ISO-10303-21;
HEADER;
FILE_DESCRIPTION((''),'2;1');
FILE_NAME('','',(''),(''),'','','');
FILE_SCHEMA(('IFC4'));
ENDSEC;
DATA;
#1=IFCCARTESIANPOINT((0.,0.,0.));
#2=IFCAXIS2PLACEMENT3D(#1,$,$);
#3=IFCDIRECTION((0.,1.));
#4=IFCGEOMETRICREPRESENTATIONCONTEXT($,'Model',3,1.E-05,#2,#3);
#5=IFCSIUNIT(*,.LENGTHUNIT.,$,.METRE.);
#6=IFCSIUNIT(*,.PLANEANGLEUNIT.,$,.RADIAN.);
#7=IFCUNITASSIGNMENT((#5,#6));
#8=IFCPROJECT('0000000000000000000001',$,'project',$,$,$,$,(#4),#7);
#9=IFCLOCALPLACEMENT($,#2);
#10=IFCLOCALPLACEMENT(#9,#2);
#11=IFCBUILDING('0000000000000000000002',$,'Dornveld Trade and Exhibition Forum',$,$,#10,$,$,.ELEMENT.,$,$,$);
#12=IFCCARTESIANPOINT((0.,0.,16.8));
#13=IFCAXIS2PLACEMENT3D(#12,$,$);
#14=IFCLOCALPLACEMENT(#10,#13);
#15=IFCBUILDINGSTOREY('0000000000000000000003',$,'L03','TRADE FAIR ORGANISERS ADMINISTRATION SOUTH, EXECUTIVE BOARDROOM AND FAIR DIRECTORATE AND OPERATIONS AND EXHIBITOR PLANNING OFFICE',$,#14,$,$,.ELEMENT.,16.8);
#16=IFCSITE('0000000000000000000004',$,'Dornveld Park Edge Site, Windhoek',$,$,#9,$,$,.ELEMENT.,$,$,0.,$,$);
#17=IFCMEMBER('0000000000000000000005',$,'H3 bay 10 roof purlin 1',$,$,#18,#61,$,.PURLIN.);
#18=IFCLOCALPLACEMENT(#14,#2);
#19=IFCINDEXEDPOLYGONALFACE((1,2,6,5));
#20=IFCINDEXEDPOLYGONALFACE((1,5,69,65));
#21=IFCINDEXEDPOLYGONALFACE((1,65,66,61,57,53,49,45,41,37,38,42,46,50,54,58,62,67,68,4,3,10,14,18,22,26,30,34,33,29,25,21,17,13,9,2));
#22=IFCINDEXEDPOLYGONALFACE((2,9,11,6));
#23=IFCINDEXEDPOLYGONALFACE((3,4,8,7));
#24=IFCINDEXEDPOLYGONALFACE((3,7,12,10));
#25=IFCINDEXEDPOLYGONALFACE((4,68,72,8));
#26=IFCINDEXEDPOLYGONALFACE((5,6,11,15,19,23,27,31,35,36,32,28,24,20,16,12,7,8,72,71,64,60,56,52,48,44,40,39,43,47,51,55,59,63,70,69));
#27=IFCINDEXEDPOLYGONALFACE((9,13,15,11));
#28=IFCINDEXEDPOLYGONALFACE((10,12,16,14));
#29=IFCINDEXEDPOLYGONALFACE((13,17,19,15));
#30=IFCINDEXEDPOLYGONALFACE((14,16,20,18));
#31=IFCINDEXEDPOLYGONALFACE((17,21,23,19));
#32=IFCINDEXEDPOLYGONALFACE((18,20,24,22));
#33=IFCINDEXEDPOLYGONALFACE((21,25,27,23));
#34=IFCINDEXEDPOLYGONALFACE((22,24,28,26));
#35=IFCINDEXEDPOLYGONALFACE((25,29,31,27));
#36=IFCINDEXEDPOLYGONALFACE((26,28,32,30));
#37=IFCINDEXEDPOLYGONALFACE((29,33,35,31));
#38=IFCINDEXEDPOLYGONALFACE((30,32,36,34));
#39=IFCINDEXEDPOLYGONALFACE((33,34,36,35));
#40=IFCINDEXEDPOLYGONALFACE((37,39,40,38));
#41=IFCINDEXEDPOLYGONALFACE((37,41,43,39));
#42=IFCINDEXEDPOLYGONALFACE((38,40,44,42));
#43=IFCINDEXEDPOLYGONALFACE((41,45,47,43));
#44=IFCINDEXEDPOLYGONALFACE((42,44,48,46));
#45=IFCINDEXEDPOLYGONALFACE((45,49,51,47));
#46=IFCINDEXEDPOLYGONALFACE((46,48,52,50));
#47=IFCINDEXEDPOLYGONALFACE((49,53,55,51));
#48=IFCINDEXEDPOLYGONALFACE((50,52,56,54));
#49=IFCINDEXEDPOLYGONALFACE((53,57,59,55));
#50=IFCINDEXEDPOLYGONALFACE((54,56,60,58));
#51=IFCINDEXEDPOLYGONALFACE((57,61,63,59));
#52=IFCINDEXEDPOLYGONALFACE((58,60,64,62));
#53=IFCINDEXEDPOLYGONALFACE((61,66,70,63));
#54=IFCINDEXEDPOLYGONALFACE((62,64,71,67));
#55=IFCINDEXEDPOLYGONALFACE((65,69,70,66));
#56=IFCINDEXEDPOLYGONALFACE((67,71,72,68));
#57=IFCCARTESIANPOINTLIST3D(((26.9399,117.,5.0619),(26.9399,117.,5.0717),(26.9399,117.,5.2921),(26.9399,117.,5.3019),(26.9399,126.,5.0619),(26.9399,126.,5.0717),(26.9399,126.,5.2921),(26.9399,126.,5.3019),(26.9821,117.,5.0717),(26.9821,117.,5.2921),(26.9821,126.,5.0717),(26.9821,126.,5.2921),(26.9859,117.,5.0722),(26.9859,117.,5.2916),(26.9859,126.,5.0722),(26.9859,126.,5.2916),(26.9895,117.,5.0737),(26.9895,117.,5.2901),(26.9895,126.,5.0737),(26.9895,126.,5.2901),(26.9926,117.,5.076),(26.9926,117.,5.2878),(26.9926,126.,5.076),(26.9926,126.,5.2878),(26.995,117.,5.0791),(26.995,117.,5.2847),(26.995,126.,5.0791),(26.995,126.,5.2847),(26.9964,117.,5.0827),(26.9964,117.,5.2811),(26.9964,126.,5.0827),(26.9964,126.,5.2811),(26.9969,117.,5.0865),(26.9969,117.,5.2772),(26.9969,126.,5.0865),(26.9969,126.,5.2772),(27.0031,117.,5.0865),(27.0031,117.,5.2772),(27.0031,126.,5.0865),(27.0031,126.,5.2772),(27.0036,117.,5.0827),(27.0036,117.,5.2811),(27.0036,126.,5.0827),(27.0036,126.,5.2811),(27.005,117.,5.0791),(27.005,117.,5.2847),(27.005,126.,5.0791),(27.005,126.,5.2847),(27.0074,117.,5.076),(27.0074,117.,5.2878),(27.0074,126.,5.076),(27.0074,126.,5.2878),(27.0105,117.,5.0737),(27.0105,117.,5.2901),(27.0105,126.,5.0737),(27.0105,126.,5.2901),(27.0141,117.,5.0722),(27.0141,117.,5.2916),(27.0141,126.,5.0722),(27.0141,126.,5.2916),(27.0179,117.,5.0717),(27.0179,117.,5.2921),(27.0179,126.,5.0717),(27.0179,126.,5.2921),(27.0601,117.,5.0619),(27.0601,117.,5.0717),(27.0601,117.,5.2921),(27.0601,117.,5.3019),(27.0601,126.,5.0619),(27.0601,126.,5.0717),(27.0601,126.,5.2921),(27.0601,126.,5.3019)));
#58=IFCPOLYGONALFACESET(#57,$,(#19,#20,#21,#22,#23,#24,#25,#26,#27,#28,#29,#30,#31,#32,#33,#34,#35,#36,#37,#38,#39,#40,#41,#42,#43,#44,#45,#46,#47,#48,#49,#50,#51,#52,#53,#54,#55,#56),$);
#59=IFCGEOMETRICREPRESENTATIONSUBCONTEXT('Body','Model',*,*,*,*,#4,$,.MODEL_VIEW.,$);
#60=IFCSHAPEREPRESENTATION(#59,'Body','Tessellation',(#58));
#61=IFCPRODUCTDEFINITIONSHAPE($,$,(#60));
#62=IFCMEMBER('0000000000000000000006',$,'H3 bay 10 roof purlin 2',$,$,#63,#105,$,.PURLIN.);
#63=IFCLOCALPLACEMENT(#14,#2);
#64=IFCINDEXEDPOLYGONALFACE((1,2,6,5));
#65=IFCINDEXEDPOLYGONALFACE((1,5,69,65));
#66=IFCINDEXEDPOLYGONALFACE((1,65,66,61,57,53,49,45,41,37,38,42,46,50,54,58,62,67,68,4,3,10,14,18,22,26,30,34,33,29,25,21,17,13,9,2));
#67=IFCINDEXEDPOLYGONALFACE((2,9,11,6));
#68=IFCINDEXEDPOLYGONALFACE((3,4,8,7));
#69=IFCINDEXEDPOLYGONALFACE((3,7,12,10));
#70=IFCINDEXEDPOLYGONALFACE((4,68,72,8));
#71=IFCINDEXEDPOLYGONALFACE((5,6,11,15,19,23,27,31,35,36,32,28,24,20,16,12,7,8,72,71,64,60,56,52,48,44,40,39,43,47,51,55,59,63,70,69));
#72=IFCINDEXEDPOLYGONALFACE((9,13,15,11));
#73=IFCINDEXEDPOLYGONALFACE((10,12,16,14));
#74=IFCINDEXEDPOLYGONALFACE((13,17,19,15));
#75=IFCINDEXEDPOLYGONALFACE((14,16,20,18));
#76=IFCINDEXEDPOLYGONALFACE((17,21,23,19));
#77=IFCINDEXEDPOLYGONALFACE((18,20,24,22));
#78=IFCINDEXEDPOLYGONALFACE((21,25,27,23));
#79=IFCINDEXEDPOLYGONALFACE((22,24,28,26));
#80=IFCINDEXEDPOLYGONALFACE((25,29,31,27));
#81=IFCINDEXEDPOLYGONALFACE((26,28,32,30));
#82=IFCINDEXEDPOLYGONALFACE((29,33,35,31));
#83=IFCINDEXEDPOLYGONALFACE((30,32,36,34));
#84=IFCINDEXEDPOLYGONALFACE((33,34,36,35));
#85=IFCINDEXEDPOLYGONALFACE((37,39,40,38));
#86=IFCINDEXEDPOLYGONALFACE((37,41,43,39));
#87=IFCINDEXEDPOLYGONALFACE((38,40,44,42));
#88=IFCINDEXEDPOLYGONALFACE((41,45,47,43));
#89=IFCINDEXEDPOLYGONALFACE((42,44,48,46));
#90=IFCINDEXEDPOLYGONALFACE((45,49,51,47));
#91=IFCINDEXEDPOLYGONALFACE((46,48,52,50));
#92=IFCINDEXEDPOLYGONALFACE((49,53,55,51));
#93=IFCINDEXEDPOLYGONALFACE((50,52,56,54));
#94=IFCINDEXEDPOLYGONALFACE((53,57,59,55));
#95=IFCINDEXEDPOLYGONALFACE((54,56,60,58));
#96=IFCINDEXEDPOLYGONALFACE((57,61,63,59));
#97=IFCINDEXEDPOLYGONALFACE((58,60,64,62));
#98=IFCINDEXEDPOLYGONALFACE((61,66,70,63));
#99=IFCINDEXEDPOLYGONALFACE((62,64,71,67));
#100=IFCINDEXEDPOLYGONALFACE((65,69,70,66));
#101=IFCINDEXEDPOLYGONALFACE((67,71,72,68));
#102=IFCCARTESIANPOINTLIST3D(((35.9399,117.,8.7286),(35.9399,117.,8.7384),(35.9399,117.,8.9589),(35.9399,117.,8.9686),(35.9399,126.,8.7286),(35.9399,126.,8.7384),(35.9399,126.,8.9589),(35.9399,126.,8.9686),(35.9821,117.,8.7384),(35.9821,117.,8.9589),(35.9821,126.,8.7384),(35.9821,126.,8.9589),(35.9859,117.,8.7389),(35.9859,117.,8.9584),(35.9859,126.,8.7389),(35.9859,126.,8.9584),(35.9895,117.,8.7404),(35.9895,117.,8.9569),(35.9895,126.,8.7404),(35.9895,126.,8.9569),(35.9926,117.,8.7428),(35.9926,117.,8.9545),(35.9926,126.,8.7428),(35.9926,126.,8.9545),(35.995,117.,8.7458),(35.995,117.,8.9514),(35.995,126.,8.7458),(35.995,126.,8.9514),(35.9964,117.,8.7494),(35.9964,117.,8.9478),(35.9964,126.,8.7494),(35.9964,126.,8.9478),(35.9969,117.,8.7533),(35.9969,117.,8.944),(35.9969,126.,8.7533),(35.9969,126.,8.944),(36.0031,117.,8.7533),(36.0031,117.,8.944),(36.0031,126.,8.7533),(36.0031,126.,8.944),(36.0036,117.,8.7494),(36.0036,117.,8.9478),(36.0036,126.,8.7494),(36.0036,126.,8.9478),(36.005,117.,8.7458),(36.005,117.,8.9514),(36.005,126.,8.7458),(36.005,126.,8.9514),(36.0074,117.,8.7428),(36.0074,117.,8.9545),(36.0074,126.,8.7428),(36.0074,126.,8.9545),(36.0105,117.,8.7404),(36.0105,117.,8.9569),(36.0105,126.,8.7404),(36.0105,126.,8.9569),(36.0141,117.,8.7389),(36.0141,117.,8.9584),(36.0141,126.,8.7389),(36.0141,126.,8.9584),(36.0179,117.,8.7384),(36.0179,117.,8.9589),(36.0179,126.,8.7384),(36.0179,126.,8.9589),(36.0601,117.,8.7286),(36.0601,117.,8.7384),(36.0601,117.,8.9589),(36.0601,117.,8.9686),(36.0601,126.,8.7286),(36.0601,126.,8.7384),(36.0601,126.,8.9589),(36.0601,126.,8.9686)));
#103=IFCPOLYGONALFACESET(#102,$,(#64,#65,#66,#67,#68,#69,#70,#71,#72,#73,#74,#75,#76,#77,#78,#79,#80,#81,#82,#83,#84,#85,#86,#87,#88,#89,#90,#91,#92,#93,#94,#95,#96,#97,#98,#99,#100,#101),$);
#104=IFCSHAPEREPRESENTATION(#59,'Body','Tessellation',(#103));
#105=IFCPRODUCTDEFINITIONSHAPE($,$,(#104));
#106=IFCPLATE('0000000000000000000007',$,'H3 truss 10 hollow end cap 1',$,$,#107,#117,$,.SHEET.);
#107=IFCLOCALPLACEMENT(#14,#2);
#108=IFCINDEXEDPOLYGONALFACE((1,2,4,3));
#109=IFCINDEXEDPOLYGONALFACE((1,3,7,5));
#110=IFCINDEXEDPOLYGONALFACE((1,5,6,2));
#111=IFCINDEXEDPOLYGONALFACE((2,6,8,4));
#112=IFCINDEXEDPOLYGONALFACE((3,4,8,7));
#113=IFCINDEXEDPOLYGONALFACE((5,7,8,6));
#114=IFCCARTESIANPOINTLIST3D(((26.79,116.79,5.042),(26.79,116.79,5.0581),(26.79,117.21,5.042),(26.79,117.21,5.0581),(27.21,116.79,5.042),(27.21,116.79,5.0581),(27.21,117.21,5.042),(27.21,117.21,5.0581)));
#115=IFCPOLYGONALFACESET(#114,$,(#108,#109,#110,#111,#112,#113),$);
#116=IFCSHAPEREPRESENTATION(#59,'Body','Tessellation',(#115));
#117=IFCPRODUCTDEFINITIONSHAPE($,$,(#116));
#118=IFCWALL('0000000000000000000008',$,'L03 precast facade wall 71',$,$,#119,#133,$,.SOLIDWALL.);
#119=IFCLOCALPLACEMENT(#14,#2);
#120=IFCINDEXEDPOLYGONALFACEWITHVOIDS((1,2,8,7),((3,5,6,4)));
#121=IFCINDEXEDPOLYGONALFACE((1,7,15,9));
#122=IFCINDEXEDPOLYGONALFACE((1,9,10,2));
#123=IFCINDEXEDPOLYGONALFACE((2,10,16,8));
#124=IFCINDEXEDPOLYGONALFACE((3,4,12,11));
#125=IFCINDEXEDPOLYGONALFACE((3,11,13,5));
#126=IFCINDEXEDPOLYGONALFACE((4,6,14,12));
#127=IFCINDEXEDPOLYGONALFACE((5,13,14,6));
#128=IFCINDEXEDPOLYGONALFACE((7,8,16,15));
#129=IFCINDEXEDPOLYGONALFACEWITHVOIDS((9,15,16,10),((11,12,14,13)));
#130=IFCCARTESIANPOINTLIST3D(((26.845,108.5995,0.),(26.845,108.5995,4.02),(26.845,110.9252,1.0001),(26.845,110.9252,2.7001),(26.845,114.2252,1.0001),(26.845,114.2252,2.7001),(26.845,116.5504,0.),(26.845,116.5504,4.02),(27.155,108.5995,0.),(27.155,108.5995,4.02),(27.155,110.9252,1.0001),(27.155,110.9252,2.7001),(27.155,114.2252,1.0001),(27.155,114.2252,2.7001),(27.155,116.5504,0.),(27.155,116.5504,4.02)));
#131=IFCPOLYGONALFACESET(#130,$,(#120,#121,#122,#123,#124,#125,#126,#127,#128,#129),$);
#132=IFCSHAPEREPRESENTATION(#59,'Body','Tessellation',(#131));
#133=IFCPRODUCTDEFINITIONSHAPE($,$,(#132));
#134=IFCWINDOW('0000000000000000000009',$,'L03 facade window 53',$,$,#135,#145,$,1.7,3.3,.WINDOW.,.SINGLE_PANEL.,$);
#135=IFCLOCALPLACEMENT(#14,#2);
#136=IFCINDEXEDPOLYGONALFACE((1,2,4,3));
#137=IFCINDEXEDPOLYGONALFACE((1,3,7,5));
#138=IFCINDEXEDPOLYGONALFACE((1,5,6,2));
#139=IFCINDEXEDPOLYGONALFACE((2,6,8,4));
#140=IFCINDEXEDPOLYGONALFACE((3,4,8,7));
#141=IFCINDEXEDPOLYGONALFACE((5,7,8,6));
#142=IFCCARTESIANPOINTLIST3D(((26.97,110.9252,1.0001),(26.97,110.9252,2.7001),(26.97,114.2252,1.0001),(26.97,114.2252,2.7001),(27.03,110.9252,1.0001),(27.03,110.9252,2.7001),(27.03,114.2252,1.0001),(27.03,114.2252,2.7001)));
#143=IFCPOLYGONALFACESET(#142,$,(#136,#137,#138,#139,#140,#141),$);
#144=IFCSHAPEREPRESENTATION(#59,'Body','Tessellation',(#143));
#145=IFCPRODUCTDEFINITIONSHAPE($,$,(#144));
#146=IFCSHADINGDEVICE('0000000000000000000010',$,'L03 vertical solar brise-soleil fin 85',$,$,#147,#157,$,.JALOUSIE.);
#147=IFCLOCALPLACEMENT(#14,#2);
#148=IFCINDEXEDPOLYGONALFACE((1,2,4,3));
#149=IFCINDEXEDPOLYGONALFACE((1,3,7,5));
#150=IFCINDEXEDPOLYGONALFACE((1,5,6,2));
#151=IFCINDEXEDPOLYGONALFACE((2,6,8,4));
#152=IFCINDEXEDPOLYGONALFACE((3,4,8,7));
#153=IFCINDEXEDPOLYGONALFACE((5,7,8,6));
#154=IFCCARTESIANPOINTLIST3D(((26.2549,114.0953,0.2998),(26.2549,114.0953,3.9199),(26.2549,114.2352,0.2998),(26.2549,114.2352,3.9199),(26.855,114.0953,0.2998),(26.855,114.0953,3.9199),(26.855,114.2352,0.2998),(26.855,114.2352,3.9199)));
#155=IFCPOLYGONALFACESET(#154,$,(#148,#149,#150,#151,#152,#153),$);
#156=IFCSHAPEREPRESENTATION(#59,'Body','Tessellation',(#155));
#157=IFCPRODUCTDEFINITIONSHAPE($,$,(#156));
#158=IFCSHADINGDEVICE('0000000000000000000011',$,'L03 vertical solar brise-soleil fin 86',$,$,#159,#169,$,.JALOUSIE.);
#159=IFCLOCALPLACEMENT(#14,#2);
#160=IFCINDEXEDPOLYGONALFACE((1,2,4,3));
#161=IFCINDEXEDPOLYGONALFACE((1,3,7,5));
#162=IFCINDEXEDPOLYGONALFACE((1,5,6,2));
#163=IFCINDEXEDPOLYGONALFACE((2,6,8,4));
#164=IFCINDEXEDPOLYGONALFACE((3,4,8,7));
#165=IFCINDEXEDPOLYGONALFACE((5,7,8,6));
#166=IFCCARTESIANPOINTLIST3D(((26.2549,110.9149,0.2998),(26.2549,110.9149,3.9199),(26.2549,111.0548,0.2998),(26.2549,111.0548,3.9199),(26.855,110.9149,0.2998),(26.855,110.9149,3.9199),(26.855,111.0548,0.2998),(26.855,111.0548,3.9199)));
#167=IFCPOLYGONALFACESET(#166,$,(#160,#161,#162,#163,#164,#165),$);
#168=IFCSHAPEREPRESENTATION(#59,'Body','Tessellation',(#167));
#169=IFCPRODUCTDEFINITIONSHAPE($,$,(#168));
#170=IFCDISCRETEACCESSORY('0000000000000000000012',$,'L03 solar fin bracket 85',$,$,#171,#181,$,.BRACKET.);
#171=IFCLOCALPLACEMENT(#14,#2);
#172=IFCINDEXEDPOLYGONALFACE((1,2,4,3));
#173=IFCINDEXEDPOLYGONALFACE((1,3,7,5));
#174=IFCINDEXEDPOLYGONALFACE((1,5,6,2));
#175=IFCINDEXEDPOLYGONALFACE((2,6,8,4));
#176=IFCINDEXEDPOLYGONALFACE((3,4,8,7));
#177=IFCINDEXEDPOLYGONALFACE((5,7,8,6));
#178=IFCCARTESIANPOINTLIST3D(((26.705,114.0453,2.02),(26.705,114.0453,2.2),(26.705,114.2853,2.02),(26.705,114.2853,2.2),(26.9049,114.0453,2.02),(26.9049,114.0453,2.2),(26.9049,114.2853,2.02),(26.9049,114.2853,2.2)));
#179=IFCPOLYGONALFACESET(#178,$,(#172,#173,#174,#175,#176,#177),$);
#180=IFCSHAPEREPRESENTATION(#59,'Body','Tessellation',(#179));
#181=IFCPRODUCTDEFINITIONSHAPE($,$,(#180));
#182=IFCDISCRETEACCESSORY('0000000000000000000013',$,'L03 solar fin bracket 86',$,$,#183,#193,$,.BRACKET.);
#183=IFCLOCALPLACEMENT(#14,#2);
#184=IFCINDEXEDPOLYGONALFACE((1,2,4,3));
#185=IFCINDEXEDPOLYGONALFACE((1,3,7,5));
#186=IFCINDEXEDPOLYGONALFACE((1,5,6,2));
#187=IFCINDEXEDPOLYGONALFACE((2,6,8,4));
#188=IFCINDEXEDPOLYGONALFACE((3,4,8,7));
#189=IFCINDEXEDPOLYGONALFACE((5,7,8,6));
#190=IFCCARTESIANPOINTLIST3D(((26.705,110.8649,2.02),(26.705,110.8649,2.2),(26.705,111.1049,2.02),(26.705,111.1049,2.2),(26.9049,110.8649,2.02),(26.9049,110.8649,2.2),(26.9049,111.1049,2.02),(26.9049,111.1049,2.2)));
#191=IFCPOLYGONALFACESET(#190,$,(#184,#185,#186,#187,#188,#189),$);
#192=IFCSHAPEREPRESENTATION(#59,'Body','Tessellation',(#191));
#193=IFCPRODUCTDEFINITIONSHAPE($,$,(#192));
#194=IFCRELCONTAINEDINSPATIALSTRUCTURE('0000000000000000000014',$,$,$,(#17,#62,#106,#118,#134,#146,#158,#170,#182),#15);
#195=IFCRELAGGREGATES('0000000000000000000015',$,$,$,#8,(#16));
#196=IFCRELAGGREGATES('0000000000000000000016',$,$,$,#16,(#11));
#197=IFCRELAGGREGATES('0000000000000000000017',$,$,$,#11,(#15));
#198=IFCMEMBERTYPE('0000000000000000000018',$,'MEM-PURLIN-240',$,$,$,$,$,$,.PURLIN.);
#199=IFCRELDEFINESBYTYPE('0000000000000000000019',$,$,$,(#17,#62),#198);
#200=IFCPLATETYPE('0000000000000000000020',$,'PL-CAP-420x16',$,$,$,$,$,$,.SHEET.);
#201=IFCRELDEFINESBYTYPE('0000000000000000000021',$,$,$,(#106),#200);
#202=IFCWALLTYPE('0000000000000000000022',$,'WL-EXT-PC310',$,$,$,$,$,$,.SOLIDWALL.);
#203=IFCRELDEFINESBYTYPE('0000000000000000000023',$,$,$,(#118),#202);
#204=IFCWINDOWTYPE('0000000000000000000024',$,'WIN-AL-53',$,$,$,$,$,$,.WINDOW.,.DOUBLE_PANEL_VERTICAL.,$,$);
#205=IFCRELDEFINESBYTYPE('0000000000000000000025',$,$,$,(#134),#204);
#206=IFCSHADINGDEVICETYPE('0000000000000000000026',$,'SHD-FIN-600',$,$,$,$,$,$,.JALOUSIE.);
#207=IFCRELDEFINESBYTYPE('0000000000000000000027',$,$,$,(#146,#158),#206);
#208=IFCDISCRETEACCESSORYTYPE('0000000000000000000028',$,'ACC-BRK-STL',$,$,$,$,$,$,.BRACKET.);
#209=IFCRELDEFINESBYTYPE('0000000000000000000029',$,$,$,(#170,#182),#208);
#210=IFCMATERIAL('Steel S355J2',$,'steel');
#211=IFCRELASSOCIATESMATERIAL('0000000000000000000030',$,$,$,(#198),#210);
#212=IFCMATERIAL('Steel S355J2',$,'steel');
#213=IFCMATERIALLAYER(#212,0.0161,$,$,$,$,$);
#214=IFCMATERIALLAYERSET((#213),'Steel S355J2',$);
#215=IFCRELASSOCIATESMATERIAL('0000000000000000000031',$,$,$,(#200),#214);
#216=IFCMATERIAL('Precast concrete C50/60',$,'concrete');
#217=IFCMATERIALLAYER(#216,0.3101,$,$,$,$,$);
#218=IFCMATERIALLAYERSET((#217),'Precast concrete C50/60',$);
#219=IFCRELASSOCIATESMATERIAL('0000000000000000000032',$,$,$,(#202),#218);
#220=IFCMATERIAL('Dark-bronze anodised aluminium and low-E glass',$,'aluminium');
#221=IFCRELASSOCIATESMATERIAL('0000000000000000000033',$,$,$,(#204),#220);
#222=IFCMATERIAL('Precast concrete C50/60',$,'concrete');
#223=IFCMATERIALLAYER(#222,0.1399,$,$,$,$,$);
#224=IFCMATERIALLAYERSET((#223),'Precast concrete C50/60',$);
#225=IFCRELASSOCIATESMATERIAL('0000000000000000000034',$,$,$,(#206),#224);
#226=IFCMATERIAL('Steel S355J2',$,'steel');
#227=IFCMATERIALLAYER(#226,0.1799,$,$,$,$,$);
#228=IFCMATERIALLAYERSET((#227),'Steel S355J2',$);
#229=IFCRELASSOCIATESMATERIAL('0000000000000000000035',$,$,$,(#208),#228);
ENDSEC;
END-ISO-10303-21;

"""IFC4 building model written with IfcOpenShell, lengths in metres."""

from ifc_helpers import new_model, si_unit, direction, frame, frame_2d, origin, origin_2d, place, context, subcontext, project, spatial, rectangle, i_section, extrude, material, layer, layer_set, material_profile, profile_set, type_object, element, fill, save


model = new_model("IFC4")

# Units and contexts
model_context = context("Model", 3, precision=1e-05, world=origin(), true_north=direction((0.0, 1.0)))
body_context = subcontext(model_context, "Body", "Model", "MODEL_VIEW")
ifc_project = project(units=[si_unit("LENGTHUNIT", "METRE"), si_unit("PLANEANGLEUNIT", "RADIAN")], contexts=[model_context])

# Site, building, storey
site_placement = place(None, origin())
site = spatial("IfcSite", under=ifc_project, at=site_placement, Name="Dornveld Park Edge Site, Windhoek", CompositionType="ELEMENT", RefElevation=0.0)
building_placement = place(site_placement, origin())
building = spatial("IfcBuilding", under=site, at=building_placement, Name="Dornveld Trade and Exhibition Forum", CompositionType="ELEMENT")
storey_placement = place(building_placement, frame((0.0, 0.0, 16.8)))
storey = spatial("IfcBuildingStorey", under=building, at=storey_placement, Name="L03", Description="TRADE FAIR ORGANISERS ADMINISTRATION SOUTH, EXECUTIVE BOARDROOM AND FAIR DIRECTORATE AND OPERATIONS AND EXHIBITOR PLANNING OFFICE", CompositionType="ELEMENT", Elevation=16.8)

# Members
ifc_material_1 = material(Name="Steel S355J2", Category="steel")
ifc_material_profile_1 = material_profile(ifc_material_1, i_section(OverallWidth=0.1201, OverallDepth=0.24, WebThickness=0.0061, FlangeThickness=0.0098, FilletRadius=0.0149, at=origin_2d()), Name="IPE 240")
ifc_profile_set_1 = profile_set([ifc_material_profile_1], Name="Steel S355J2")
member_type_1 = type_object("IfcMemberType", Name="MEM-PURLIN-240", PredefinedType="PURLIN", material=ifc_profile_set_1)
for number, where, z_axis, x_axis, name in (
    (1, (27.0, 117.0, 5.1819), (0.0, 1.0, 0.0), (-1.0, 0.0, 0.0), "H3 bay 10 roof purlin 1"),
    (2, (36.0, 117.0, 8.8486), (0.0, 1.0, 0.0), (-1.0, 0.0, 0.0), "H3 bay 10 roof purlin 2"),
):
    element("IfcMember", number, at=place(storey_placement, frame(where, z_axis=z_axis, x_axis=x_axis)), inside=storey, type_object=member_type_1, Name=name, PredefinedType="PURLIN", context=body_context, shape_type="SweptSolid", body=[
        extrude(i_section(OverallWidth=0.1201, OverallDepth=0.24, WebThickness=0.0061, FlangeThickness=0.0098, FilletRadius=0.0149, at=origin_2d()), origin(), (0.0, 0.0, 1.0), 9.0),
    ])

# Plate
ifc_material_2 = material(Name="Steel S355J2", Category="steel")
ifc_layer_1 = layer(ifc_material_2, 0.0161)
ifc_layer_set_1 = layer_set([ifc_layer_1], Name="Steel S355J2")
plate_type = type_object("IfcPlateType", Name="PL-CAP-420x16", PredefinedType="SHEET", material=ifc_layer_set_1)
plate_placement = place(storey_placement, frame((27.0, 117.0, 5.042), z_axis=(0.0, 0.0, 1.0), x_axis=(1.0, 0.0, 0.0)))
element("IfcPlate", 3, at=plate_placement, inside=storey, type_object=plate_type, Name="H3 truss 10 hollow end cap 1", PredefinedType="SHEET", context=body_context, shape_type="SweptSolid", body=[
    extrude(rectangle(XDim=0.4199, YDim=0.4199, at=origin_2d()), origin(), (0.0, 0.0, 1.0), 0.0161),
])

# Wall, opening, window
ifc_material_3 = material(Name="Precast concrete C50/60", Category="concrete")
ifc_layer_2 = layer(ifc_material_3, 0.3101)
ifc_layer_set_2 = layer_set([ifc_layer_2], Name="Precast concrete C50/60")
wall_type = type_object("IfcWallType", Name="WL-EXT-PC310", PredefinedType="SOLIDWALL", material=ifc_layer_set_2)
wall_placement = place(storey_placement, frame((27.0, 116.5505, 0.0), z_axis=(0.0, 0.0, 1.0), x_axis=(0.0, -1.0, 0.0)))
wall = element("IfcWall", 4, at=wall_placement, inside=storey, type_object=wall_type, Name="L03 precast facade wall 71", PredefinedType="SOLIDWALL", context=body_context, shape_type="SweptSolid", body=[
    extrude(rectangle(XDim=7.9509, YDim=0.3101, at=frame_2d((3.9756, 0.0))), origin(), (0.0, 0.0, 1.0), 4.02),
])
opening_placement = place(wall_placement, frame((2.3254, 0.0, 1.0)))
opening = element("IfcOpeningElement", 5, at=opening_placement, cuts=wall, PredefinedType="OPENING", context=body_context, shape_type="SweptSolid", body=[
    extrude(rectangle(XDim=3.3, YDim=1.7, at=frame_2d((1.6499, 0.8501))), frame((0.0, 0.165, 0.0), z_axis=(0.0, -1.0, 0.0), x_axis=(1.0, 0.0, 0.0)), (0.0, 0.0, 1.0), 0.3301),
])
ifc_material_4 = material(Name="Dark-bronze anodised aluminium and low-E glass", Category="aluminium")
window_type = type_object("IfcWindowType", Name="WIN-AL-53", PartitioningType="DOUBLE_PANEL_VERTICAL", PredefinedType="WINDOW", material=ifc_material_4)
window_placement = place(opening_placement, origin())
window = element("IfcWindow", 6, at=window_placement, inside=storey, type_object=window_type, Name="L03 facade window 53", OverallHeight=1.7, OverallWidth=3.3, PartitioningType="SINGLE_PANEL", PredefinedType="WINDOW", context=body_context, shape_type="SweptSolid", body=[
    extrude(rectangle(XDim=3.3, YDim=1.7, at=frame_2d((1.6499, 0.8501))), frame((0.0, 0.03, 0.0), z_axis=(0.0, -1.0, 0.0), x_axis=(1.0, 0.0, 0.0)), (0.0, 0.0, 1.0), 0.0601),
])
fill(opening, window)

# Shading devices
ifc_material_5 = material(Name="Precast concrete C50/60", Category="concrete")
ifc_layer_3 = layer(ifc_material_5, 0.1399)
ifc_layer_set_3 = layer_set([ifc_layer_3], Name="Precast concrete C50/60")
shading_device_type = type_object("IfcShadingDeviceType", Name="SHD-FIN-600", PredefinedType="JALOUSIE", material=ifc_layer_set_3)
for number, where, z_axis, x_axis, name in (
    (7, (26.5549, 114.1653, 0.2998), (0.0, 0.0, 1.0), (0.0, -1.0, 0.0), "L03 vertical solar brise-soleil fin 85"),
    (8, (26.5549, 110.9849, 0.2998), (0.0, 0.0, 1.0), (0.0, -1.0, 0.0), "L03 vertical solar brise-soleil fin 86"),
):
    element("IfcShadingDevice", number, at=place(storey_placement, frame(where, z_axis=z_axis, x_axis=x_axis)), inside=storey, type_object=shading_device_type, Name=name, PredefinedType="JALOUSIE", context=body_context, shape_type="SweptSolid", body=[
        extrude(rectangle(XDim=0.1399, YDim=0.6001, at=origin_2d()), origin(), (0.0, 0.0, 1.0), 3.6201),
    ])

# Discrete accessories
ifc_material_6 = material(Name="Steel S355J2", Category="steel")
ifc_layer_4 = layer(ifc_material_6, 0.1799)
ifc_layer_set_4 = layer_set([ifc_layer_4], Name="Steel S355J2")
discrete_accessory_type = type_object("IfcDiscreteAccessoryType", Name="ACC-BRK-STL", PredefinedType="BRACKET", material=ifc_layer_set_4)
for number, where, z_axis, x_axis, name in (
    (9, (26.8049, 114.1653, 2.02), (0.0, 0.0, 1.0), (0.0, -1.0, 0.0), "L03 solar fin bracket 85"),
    (10, (26.8049, 110.9849, 2.02), (0.0, 0.0, 1.0), (0.0, -1.0, 0.0), "L03 solar fin bracket 86"),
):
    element("IfcDiscreteAccessory", number, at=place(storey_placement, frame(where, z_axis=z_axis, x_axis=x_axis)), inside=storey, type_object=discrete_accessory_type, Name=name, PredefinedType="BRACKET", context=body_context, shape_type="SweptSolid", body=[
        extrude(rectangle(XDim=0.24, YDim=0.2, at=origin_2d()), origin(), (0.0, 0.0, 1.0), 0.1799),
    ])

save(model, "model.ifc")
